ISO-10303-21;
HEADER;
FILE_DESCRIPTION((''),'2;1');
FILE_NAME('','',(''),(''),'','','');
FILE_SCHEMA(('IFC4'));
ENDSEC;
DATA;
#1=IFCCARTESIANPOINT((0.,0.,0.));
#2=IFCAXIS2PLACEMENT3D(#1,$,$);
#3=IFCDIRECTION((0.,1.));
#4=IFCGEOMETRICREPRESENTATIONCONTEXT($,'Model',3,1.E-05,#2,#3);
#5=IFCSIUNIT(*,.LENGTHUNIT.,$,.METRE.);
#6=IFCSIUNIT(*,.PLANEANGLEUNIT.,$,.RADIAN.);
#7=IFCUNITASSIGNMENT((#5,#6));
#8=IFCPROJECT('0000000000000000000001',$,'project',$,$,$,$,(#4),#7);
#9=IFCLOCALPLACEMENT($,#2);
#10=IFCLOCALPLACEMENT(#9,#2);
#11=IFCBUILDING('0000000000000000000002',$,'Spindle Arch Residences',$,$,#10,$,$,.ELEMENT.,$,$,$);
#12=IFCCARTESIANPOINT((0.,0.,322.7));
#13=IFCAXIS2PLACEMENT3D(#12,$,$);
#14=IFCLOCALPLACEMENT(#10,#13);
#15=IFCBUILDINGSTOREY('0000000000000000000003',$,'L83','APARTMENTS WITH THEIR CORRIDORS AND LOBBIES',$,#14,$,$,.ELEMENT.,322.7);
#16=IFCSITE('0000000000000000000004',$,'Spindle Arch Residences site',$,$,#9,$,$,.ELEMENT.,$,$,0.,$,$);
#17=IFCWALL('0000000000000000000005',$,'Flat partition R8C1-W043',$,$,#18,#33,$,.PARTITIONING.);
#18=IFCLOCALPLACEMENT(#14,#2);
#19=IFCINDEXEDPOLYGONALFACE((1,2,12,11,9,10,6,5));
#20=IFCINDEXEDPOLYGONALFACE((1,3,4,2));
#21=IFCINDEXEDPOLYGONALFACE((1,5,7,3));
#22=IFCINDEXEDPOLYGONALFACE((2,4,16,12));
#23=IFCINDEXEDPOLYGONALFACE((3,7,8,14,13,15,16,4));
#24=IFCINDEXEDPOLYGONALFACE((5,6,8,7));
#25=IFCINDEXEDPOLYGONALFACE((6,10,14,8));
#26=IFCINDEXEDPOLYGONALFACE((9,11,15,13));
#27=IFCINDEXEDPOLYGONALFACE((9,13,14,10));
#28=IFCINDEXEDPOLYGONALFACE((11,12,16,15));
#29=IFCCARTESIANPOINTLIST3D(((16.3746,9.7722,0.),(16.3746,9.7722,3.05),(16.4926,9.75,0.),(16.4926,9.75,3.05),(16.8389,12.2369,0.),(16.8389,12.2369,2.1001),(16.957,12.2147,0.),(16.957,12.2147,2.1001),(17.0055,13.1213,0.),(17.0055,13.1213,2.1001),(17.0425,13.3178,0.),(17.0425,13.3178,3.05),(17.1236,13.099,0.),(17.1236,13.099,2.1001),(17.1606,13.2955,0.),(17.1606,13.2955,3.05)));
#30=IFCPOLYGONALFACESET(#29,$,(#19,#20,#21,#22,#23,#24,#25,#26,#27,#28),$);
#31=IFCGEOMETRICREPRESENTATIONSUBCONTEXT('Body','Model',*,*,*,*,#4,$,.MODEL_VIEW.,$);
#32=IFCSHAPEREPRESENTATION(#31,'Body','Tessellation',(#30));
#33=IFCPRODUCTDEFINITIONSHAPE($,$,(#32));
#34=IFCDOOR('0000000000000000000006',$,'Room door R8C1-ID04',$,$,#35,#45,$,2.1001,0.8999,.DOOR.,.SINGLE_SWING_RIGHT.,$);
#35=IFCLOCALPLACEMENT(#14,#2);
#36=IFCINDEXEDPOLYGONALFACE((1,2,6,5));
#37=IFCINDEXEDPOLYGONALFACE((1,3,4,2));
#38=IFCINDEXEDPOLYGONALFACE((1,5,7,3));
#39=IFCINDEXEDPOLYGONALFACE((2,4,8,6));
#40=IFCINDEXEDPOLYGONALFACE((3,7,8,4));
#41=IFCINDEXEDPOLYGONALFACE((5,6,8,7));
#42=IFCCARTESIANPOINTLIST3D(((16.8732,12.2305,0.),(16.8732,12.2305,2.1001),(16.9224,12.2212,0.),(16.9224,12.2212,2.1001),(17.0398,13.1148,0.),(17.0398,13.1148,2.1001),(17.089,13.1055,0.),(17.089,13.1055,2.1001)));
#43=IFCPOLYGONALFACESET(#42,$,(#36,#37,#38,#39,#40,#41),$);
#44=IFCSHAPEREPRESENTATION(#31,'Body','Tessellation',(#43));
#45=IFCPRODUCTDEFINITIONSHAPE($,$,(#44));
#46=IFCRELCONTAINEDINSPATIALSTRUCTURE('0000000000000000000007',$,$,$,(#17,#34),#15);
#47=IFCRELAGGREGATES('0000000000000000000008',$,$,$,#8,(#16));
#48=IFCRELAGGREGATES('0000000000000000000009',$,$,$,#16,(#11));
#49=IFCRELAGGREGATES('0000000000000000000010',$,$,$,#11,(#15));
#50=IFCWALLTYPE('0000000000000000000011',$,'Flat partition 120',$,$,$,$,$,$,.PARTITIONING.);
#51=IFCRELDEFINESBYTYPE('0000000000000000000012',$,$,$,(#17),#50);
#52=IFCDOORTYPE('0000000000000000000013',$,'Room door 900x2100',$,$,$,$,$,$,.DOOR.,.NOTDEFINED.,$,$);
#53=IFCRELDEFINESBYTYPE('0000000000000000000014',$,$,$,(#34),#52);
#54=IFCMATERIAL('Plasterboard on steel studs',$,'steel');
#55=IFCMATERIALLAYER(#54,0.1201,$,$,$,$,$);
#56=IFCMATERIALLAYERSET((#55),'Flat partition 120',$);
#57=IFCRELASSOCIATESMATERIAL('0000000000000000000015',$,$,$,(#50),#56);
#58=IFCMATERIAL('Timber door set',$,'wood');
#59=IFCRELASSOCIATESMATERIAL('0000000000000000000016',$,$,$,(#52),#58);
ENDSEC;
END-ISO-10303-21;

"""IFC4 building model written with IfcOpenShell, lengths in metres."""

from ifc_helpers import new_model, si_unit, direction, frame, frame_2d, origin, place, context, subcontext, project, spatial, rectangle, extrude, material, layer, layer_set, type_object, element, fill, save


model = new_model("IFC4")

# Units and contexts
model_context = context("Model", 3, precision=1e-05, world=origin(), true_north=direction((0.0, 1.0)))
body_context = subcontext(model_context, "Body", "Model", "MODEL_VIEW")
ifc_project = project(units=[si_unit("LENGTHUNIT", "METRE"), si_unit("PLANEANGLEUNIT", "RADIAN")], contexts=[model_context])

# Site, building, storey
site_placement = place(None, origin())
site = spatial("IfcSite", under=ifc_project, at=site_placement, Name="Spindle Arch Residences site", CompositionType="ELEMENT", RefElevation=0.0)
building_placement = place(site_placement, origin())
building = spatial("IfcBuilding", under=site, at=building_placement, Name="Spindle Arch Residences", CompositionType="ELEMENT")
storey_placement = place(building_placement, frame((0.0, 0.0, 322.7)))
storey = spatial("IfcBuildingStorey", under=building, at=storey_placement, Name="L83", Description="APARTMENTS WITH THEIR CORRIDORS AND LOBBIES", CompositionType="ELEMENT", Elevation=322.7)

# Shared definitions
ifc_material_1 = material(Name="Plasterboard on steel studs", Category="steel")
ifc_layer_1 = layer(ifc_material_1, 0.1201)
ifc_layer_set_1 = layer_set([ifc_layer_1], Name="Flat partition 120")
wall_type = type_object("IfcWallType", Name="Flat partition 120", PredefinedType="PARTITIONING", material=ifc_layer_set_1)

# Shared definitions
ifc_material_2 = material(Name="Timber door set", Category="wood")
door_type = type_object("IfcDoorType", Name="Room door 900x2100", OperationType="NOTDEFINED", PredefinedType="DOOR", material=ifc_material_2)

# Wall, opening, door
wall_1_placement = place(storey_placement, frame((17.1016, 13.3066, 0.0), z_axis=(0.0, 0.0, 1.0), x_axis=(-0.185134, -0.982713, 0.0)))
wall_1 = element("IfcWall", 1, at=wall_1_placement, inside=storey, type_object=wall_type, Name="Flat partition R8C1-W043", PredefinedType="PARTITIONING", context=body_context, shape_type="SweptSolid", body=[
    extrude(rectangle(XDim=3.6079, YDim=0.1201, at=frame_2d((1.804, 0.0))), origin(), (0.0, 0.0, 1.0), 3.05),
])
opening_1_placement = place(wall_1_placement, frame((0.2, 0.0, 0.0)))
opening_1 = element("IfcOpeningElement", 2, at=opening_1_placement, cuts=wall_1, PredefinedType="OPENING", context=body_context, shape_type="SweptSolid", body=[
    extrude(rectangle(XDim=0.8999, YDim=2.1001, at=frame_2d((0.45, 1.05))), frame((0.0, 0.0701, 0.0), z_axis=(0.0, -1.0, 0.0), x_axis=(1.0, 0.0, 0.0)), (0.0, 0.0, 1.0), 0.1401),
])
door_1_placement = place(opening_1_placement, origin())
door_1 = element("IfcDoor", 3, at=door_1_placement, inside=storey, type_object=door_type, Name="Room door R8C1-ID04", OperationType="SINGLE_SWING_RIGHT", OverallHeight=2.1001, OverallWidth=0.8999, PredefinedType="DOOR", context=body_context, shape_type="SweptSolid", body=[
    extrude(rectangle(XDim=0.8999, YDim=2.1001, at=frame_2d((0.45, 1.05))), frame((0.0, 0.0249, 0.0), z_axis=(0.0, -1.0, 0.0), x_axis=(1.0, 0.0, 0.0)), (0.0, 0.0, 1.0), 0.05),
])
fill(opening_1, door_1)

save(model, "model.ifc")
